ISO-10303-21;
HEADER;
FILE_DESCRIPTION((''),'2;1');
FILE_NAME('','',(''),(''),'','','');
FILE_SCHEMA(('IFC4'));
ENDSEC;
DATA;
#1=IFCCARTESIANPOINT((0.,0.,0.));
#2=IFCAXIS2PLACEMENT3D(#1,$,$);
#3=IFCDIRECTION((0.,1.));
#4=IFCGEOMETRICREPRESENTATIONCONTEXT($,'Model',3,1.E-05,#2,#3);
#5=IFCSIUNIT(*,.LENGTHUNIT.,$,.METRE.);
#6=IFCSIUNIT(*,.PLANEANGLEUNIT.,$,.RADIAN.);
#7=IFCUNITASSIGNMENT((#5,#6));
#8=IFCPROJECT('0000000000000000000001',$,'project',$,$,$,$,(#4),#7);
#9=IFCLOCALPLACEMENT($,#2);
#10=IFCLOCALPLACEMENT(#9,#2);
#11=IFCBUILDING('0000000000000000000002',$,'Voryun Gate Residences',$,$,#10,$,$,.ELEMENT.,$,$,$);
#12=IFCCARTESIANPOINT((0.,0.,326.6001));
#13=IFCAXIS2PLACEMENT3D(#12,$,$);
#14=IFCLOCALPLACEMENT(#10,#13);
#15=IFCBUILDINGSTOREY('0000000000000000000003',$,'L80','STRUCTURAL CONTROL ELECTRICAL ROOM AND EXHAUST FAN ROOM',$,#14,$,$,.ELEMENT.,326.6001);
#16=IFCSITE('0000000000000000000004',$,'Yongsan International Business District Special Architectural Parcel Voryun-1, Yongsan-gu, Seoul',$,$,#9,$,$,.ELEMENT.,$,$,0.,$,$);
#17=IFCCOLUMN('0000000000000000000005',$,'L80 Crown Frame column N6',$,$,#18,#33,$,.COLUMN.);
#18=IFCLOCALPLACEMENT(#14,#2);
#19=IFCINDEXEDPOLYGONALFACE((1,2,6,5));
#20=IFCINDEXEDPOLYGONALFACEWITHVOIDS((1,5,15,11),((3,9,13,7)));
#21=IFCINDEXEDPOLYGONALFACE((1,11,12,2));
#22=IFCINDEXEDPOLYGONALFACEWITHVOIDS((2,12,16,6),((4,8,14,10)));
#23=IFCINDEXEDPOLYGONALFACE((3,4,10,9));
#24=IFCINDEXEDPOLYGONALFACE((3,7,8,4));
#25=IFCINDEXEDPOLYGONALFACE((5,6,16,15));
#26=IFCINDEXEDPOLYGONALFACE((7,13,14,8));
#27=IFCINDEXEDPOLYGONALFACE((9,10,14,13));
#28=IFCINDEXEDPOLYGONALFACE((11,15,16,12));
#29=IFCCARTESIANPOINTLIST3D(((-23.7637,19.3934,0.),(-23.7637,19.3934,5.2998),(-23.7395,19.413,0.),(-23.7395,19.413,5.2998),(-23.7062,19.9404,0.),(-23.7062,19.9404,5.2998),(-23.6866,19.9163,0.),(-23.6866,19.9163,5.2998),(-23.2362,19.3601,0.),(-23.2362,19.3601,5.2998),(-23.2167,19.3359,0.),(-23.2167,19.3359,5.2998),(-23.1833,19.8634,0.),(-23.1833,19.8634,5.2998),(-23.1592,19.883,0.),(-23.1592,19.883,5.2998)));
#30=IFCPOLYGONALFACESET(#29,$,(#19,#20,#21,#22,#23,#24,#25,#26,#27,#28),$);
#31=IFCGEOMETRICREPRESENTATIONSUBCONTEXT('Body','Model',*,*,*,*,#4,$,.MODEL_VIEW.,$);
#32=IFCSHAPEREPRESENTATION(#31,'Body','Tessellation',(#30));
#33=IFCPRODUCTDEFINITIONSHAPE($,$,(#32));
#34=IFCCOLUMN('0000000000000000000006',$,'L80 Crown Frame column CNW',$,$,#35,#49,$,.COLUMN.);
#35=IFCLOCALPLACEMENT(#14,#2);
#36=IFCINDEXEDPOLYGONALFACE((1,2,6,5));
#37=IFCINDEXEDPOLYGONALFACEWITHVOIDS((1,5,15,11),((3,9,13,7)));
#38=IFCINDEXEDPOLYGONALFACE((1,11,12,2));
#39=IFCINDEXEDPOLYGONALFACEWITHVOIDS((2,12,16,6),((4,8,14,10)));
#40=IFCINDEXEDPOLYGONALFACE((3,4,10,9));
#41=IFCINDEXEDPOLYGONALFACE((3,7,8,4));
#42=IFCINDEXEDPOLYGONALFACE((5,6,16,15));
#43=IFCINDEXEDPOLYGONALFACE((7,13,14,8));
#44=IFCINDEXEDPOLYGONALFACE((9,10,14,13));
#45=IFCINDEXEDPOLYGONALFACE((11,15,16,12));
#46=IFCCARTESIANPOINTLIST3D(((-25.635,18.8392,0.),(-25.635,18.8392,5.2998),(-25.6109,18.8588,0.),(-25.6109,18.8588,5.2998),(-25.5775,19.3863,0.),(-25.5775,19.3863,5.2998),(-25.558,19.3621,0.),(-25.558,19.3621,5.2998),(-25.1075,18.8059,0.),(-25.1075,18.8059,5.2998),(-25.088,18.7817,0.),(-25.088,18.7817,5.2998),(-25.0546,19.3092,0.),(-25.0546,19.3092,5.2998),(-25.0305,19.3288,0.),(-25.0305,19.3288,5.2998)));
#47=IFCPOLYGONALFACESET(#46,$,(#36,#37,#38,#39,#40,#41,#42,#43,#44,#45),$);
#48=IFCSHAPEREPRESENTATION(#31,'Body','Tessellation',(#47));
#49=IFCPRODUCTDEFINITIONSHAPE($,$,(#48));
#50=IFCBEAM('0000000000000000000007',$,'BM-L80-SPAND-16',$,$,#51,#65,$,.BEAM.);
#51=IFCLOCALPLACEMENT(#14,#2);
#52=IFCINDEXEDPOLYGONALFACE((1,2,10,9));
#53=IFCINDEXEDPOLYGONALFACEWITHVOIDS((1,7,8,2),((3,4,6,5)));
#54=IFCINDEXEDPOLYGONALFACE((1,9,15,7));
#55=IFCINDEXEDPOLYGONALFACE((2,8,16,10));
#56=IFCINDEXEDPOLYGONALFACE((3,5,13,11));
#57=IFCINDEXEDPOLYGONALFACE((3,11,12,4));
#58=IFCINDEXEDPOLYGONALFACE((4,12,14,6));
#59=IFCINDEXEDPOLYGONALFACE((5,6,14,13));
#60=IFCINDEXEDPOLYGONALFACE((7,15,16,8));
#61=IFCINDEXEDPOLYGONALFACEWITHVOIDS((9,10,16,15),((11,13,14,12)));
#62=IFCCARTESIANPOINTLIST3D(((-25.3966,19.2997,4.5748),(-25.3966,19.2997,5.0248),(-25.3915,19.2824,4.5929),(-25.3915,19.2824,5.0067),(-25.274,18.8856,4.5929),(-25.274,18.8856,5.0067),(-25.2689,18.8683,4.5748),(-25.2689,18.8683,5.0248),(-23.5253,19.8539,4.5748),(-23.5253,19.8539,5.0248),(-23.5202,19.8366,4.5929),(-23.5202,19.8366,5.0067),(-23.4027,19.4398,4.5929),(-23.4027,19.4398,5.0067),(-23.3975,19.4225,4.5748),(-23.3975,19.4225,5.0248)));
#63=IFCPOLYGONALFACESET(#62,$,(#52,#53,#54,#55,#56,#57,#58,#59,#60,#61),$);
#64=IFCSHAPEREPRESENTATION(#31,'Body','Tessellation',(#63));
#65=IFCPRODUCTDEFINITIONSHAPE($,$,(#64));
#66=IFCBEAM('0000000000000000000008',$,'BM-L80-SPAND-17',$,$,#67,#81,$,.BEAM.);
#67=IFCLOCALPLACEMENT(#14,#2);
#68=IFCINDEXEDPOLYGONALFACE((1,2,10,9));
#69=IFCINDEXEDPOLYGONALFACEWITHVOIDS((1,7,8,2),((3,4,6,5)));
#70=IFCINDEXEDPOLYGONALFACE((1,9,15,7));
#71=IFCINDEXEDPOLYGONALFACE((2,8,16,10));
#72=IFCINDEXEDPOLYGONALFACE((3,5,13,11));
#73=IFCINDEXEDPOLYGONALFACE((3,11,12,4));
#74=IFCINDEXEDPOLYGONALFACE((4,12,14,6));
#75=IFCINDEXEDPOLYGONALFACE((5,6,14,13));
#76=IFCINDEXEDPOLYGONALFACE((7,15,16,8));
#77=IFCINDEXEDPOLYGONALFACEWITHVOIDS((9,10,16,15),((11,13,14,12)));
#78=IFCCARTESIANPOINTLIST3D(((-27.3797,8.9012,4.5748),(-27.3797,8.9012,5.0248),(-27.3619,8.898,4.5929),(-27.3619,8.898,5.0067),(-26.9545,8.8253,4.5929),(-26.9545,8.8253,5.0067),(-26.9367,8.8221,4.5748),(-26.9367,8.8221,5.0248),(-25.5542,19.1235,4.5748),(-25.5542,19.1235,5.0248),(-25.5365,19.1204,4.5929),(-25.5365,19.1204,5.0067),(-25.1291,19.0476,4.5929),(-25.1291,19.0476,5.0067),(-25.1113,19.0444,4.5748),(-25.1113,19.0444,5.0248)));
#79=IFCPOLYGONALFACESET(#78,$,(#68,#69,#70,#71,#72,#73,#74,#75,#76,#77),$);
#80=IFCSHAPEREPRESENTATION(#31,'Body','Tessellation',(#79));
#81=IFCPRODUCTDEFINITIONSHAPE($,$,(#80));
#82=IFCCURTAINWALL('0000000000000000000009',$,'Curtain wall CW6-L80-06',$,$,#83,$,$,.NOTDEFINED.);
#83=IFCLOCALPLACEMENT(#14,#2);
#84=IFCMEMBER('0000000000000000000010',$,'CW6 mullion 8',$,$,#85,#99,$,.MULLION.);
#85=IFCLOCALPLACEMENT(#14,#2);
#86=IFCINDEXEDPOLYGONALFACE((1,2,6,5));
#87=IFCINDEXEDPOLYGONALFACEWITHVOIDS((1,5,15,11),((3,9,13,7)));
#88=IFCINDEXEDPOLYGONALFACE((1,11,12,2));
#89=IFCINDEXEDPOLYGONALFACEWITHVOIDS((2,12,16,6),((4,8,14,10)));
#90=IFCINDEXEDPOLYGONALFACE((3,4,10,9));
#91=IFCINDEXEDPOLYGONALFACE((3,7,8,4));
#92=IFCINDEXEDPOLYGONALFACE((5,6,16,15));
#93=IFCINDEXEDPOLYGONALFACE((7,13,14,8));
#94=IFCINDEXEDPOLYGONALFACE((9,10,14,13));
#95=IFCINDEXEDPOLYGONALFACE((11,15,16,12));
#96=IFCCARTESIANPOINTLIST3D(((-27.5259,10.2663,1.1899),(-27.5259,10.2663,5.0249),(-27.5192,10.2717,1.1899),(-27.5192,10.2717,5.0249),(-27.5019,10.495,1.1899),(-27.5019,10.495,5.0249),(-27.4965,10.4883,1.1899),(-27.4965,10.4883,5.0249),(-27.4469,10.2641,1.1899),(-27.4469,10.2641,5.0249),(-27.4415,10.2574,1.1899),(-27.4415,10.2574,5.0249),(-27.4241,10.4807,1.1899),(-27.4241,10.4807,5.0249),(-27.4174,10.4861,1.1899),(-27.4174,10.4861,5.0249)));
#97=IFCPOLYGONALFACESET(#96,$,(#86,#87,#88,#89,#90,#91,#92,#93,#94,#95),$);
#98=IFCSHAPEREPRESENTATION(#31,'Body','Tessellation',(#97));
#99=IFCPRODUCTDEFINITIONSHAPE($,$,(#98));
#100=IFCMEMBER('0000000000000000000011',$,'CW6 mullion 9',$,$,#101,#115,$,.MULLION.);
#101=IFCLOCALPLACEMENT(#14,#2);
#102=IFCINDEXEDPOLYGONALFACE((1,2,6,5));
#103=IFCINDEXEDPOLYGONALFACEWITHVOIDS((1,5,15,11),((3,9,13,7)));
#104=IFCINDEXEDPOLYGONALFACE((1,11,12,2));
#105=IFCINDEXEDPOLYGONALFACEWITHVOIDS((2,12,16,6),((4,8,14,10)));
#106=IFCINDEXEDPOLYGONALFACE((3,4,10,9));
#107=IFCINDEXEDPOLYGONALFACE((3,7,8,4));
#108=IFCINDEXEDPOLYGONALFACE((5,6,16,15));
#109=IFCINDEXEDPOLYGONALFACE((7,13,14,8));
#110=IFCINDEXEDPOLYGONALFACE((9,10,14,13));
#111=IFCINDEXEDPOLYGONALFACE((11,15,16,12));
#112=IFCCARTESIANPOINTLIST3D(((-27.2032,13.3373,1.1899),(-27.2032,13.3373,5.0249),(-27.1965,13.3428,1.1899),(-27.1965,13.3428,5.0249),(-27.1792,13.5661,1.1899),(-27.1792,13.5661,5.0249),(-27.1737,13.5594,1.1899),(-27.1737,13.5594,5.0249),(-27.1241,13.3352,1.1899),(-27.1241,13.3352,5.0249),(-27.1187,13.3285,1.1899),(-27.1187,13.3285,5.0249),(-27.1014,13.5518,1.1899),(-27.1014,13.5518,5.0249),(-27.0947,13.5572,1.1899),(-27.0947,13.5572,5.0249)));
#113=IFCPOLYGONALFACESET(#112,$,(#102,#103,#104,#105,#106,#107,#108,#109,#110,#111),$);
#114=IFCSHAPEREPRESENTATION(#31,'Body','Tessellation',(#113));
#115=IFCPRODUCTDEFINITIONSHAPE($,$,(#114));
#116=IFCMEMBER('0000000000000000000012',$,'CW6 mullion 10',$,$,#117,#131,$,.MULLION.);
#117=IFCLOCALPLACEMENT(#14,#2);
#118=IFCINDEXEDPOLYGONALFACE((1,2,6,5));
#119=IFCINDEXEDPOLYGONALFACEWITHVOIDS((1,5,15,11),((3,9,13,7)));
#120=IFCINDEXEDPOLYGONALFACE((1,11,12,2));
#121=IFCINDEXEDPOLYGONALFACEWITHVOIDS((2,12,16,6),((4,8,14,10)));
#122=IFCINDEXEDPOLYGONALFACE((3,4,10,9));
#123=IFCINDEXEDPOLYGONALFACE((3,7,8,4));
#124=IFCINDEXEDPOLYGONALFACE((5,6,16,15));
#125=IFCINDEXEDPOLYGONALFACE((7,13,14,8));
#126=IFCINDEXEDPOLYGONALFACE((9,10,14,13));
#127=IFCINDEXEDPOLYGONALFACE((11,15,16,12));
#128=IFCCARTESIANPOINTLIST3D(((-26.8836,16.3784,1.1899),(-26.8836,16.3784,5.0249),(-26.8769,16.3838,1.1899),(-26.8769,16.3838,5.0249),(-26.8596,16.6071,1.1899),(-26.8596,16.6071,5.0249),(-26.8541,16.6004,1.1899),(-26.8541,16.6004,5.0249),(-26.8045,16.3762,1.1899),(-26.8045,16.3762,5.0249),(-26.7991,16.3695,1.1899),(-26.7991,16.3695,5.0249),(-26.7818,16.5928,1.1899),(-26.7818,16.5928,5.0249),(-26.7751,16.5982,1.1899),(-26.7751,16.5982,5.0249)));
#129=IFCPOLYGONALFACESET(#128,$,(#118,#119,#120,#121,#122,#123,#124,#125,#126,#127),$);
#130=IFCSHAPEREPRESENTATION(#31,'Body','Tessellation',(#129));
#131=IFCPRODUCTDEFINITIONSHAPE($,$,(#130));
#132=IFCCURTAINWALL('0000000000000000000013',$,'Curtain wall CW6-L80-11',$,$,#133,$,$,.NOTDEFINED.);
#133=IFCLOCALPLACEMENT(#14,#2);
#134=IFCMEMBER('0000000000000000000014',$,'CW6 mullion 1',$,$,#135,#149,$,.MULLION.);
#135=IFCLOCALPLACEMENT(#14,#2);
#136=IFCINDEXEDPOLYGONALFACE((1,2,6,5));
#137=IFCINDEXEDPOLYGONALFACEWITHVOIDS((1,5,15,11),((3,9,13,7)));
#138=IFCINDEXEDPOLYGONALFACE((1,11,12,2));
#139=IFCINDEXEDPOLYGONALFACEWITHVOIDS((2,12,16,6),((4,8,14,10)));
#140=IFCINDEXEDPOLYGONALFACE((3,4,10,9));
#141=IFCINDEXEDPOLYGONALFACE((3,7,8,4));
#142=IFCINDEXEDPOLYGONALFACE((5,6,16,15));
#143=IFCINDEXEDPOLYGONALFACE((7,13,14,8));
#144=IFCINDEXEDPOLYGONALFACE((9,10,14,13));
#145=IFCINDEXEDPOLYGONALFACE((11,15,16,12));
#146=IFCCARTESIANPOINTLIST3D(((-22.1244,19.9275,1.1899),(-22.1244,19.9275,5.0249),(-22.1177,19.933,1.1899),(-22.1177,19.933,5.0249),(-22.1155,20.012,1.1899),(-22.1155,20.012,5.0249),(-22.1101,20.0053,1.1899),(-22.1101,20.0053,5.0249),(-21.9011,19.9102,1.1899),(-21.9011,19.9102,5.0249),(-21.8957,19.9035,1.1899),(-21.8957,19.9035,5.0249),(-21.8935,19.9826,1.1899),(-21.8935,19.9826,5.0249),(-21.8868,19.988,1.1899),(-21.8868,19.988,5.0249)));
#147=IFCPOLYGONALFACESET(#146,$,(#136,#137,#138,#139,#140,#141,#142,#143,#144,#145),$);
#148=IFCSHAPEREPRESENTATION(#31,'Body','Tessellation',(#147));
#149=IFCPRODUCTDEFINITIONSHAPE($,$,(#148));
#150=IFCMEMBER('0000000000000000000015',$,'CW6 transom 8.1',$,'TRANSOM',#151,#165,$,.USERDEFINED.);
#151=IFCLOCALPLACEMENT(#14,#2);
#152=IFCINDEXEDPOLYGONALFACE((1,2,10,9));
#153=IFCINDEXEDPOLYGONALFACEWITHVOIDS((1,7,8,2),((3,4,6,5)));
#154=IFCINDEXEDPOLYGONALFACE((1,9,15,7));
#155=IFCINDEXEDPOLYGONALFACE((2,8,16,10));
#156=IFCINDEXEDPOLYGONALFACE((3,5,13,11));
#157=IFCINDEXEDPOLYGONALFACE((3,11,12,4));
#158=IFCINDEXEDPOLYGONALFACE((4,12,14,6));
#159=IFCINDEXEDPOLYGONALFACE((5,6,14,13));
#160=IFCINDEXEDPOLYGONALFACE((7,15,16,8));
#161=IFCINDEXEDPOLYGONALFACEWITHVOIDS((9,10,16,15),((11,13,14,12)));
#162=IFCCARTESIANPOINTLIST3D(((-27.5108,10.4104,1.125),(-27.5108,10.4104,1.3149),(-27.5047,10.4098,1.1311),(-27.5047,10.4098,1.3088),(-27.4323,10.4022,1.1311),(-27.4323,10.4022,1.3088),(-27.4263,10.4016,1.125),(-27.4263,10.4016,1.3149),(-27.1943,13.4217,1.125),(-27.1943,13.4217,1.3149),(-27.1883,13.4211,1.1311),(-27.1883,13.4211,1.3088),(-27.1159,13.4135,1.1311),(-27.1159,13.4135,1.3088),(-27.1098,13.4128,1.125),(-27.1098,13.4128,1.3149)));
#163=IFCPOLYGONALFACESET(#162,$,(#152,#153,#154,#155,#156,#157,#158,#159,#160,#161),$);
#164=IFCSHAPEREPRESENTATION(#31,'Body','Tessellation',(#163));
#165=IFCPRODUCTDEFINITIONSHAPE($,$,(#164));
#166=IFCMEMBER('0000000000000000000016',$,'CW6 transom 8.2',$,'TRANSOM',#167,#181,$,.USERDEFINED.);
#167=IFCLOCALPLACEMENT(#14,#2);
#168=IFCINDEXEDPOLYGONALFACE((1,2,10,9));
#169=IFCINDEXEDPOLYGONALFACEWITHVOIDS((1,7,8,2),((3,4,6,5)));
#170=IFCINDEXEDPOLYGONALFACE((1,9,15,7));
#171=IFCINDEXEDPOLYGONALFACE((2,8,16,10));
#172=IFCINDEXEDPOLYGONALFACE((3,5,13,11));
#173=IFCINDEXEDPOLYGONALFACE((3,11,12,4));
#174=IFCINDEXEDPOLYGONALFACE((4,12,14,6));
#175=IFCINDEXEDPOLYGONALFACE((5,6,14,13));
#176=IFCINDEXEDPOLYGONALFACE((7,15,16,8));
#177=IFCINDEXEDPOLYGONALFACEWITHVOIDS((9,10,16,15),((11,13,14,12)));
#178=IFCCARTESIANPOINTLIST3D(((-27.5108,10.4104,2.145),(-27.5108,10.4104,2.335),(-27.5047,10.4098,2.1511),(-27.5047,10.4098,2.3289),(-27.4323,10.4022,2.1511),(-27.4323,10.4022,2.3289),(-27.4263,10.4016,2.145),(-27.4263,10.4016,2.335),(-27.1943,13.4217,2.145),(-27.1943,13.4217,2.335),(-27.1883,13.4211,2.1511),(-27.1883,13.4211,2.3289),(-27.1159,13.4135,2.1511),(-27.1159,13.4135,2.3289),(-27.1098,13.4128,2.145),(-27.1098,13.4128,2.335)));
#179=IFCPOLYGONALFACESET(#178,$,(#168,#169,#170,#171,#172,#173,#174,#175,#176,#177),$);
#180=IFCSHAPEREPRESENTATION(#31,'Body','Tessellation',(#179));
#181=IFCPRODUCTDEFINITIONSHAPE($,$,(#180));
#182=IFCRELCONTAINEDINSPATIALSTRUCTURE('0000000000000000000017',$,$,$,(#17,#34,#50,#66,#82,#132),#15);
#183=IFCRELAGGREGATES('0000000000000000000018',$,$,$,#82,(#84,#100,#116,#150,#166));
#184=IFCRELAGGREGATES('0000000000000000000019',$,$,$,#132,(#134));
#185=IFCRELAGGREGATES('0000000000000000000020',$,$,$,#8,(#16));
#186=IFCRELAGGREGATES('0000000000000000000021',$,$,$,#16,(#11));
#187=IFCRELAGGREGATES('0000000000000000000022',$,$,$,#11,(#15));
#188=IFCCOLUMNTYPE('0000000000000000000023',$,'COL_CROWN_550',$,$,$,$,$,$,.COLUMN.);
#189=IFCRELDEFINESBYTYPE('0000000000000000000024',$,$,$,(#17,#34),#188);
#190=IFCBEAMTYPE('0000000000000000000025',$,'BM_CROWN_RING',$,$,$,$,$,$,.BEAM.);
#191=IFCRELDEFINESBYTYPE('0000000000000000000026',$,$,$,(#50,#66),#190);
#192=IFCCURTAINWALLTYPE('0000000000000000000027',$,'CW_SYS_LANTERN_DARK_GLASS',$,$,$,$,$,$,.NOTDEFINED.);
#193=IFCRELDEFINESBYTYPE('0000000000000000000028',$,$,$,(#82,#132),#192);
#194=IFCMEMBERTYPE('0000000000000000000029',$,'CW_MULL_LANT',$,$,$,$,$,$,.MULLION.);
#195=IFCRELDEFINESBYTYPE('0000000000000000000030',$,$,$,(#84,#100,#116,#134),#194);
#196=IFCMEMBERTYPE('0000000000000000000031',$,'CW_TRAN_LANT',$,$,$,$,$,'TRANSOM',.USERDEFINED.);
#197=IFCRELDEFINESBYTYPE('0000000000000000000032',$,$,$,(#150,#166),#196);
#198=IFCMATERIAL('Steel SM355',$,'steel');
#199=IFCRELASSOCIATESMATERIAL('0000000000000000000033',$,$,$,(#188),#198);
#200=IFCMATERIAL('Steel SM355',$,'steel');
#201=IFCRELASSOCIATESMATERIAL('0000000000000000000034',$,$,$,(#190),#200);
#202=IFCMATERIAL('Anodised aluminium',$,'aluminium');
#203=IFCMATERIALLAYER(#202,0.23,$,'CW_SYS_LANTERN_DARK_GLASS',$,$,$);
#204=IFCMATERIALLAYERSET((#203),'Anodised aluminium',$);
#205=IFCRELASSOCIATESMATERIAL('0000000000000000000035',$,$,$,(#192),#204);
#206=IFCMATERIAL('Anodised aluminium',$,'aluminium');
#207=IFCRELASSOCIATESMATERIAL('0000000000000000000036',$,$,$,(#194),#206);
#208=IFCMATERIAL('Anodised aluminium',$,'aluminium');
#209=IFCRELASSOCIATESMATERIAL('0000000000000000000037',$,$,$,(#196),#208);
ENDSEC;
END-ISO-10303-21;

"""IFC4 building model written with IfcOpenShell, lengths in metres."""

from ifc_helpers import new_model, si_unit, direction, frame, origin, origin_2d, place, context, subcontext, project, spatial, hollow_rectangle, extrude, material, layer, layer_set, material_profile, profile_set, type_object, element, aggregate, save


model = new_model("IFC4")

# Units and contexts
model_context = context("Model", 3, precision=1e-05, world=origin(), true_north=direction((0.0, 1.0)))
body_context = subcontext(model_context, "Body", "Model", "MODEL_VIEW")
ifc_project = project(units=[si_unit("LENGTHUNIT", "METRE"), si_unit("PLANEANGLEUNIT", "RADIAN")], contexts=[model_context])

# Site, building, storey
site_placement = place(None, origin())
site = spatial("IfcSite", under=ifc_project, at=site_placement, Name="Yongsan International Business District Special Architectural Parcel Voryun-1, Yongsan-gu, Seoul", CompositionType="ELEMENT", RefElevation=0.0)
building_placement = place(site_placement, origin())
building = spatial("IfcBuilding", under=site, at=building_placement, Name="Voryun Gate Residences", CompositionType="ELEMENT")
storey_placement = place(building_placement, frame((0.0, 0.0, 326.6001)))
storey = spatial("IfcBuildingStorey", under=building, at=storey_placement, Name="L80", Description="STRUCTURAL CONTROL ELECTRICAL ROOM AND EXHAUST FAN ROOM", CompositionType="ELEMENT", Elevation=326.6001)

# Columns
ifc_material_1 = material(Name="Steel SM355", Category="steel")
ifc_material_profile_1 = material_profile(ifc_material_1, hollow_rectangle(XDim=0.55, YDim=0.55, WallThickness=0.022, at=origin_2d()), Name="BOX-550x550x22")
ifc_profile_set_1 = profile_set([ifc_material_profile_1], Name="Steel SM355")
column_type = type_object("IfcColumnType", Name="COL_CROWN_550", PredefinedType="COLUMN", material=ifc_profile_set_1)
for number, where, z_axis, x_axis, name in (
    (1, (-23.4614, 19.6382, 0.0), (0.0, 0.0, 1.0), (0.994522, -0.104528, 0.0), "L80 Crown Frame column N6"),
    (2, (-25.3328, 19.084, 0.0), (0.0, 0.0, 1.0), (0.994522, -0.104528, 0.0), "L80 Crown Frame column CNW"),
):
    element("IfcColumn", number, at=place(storey_placement, frame(where, z_axis=z_axis, x_axis=x_axis)), inside=storey, type_object=column_type, Name=name, PredefinedType="COLUMN", context=body_context, shape_type="SweptSolid", body=[
        extrude(hollow_rectangle(XDim=0.55, YDim=0.55, WallThickness=0.022, at=origin_2d()), origin(), (0.0, 0.0, 1.0), 5.2998),
    ])

# Beams
ifc_material_2 = material(Name="Steel SM355", Category="steel")
ifc_material_profile_2 = material_profile(ifc_material_2, hollow_rectangle(XDim=0.45, YDim=0.45, WallThickness=0.0181, at=origin_2d()), Name="BOX-450x450x18")
ifc_profile_set_2 = profile_set([ifc_material_profile_2], Name="Steel SM355")
beam_type = type_object("IfcBeamType", Name="BM_CROWN_RING", PredefinedType="BEAM", material=ifc_profile_set_2)
beam_1_placement = place(storey_placement, frame((-23.4614, 19.6382, 4.7998), z_axis=(-0.958836, -0.283961, 0.0), x_axis=(0.283961, -0.958836, 0.0)))
element("IfcBeam", 3, at=beam_1_placement, inside=storey, type_object=beam_type, Name="BM-L80-SPAND-16", PredefinedType="BEAM", context=body_context, shape_type="SweptSolid", body=[
    extrude(hollow_rectangle(XDim=0.45, YDim=0.45, WallThickness=0.0181, at=origin_2d()), origin(), (0.0, 0.0, 1.0), 1.9517),
])
beam_2_placement = place(storey_placement, frame((-25.3328, 19.084, 4.7998), z_axis=(-0.175791, -0.984427, 0.0), x_axis=(0.984427, -0.175791, 0.0)))
element("IfcBeam", 4, at=beam_2_placement, inside=storey, type_object=beam_type, Name="BM-L80-SPAND-17", PredefinedType="BEAM", context=body_context, shape_type="SweptSolid", body=[
    extrude(hollow_rectangle(XDim=0.45, YDim=0.45, WallThickness=0.0181, at=origin_2d()), origin(), (0.0, 0.0, 1.0), 10.384),
])

# Curtain wall, members
ifc_material_3 = material(Name="Anodised aluminium", Category="aluminium")
ifc_layer_1 = layer(ifc_material_3, 0.23, Name="CW_SYS_LANTERN_DARK_GLASS")
ifc_layer_set_1 = layer_set([ifc_layer_1], Name="Anodised aluminium")
curtain_wall_type = type_object("IfcCurtainWallType", Name="CW_SYS_LANTERN_DARK_GLASS", PredefinedType="NOTDEFINED", material=ifc_layer_set_1)
curtain_wall_1_placement = place(storey_placement, origin())
curtain_wall_1 = element("IfcCurtainWall", 5, at=curtain_wall_1_placement, inside=storey, type_object=curtain_wall_type, Name="Curtain wall CW6-L80-06", PredefinedType="NOTDEFINED")
ifc_material_4 = material(Name="Anodised aluminium", Category="aluminium")
ifc_material_profile_3 = material_profile(ifc_material_4, hollow_rectangle(XDim=0.085, YDim=0.23, WallThickness=0.0061, at=origin_2d()), Name="ALU-MULL-230x85x6")
ifc_profile_set_3 = profile_set([ifc_material_profile_3], Name="Anodised aluminium")
member_type_1 = type_object("IfcMemberType", Name="CW_MULL_LANT", PredefinedType="MULLION", material=ifc_profile_set_3)
member_1_placement = place(storey_placement, frame((-27.4717, 10.3762, 1.1899), z_axis=(0.0, 0.0, 1.0), x_axis=(-0.994522, 0.104528, 0.0)))
member_1 = element("IfcMember", 6, at=member_1_placement, type_object=member_type_1, Name="CW6 mullion 8", PredefinedType="MULLION", context=body_context, shape_type="SweptSolid", body=[
    extrude(hollow_rectangle(XDim=0.085, YDim=0.23, WallThickness=0.0061, at=origin_2d()), origin(), (0.0, 0.0, 1.0), 3.835),
])
member_2_placement = place(storey_placement, frame((-27.1489, 13.4473, 1.1899), z_axis=(0.0, 0.0, 1.0), x_axis=(-0.994522, 0.104528, 0.0)))
member_2 = element("IfcMember", 7, at=member_2_placement, type_object=member_type_1, Name="CW6 mullion 9", PredefinedType="MULLION", context=body_context, shape_type="SweptSolid", body=[
    extrude(hollow_rectangle(XDim=0.085, YDim=0.23, WallThickness=0.0061, at=origin_2d()), origin(), (0.0, 0.0, 1.0), 3.835),
])
member_3_placement = place(storey_placement, frame((-26.8293, 16.4883, 1.1899), z_axis=(0.0, 0.0, 1.0), x_axis=(-0.994522, 0.104528, 0.0)))
member_3 = element("IfcMember", 8, at=member_3_placement, type_object=member_type_1, Name="CW6 mullion 10", PredefinedType="MULLION", context=body_context, shape_type="SweptSolid", body=[
    extrude(hollow_rectangle(XDim=0.085, YDim=0.23, WallThickness=0.0061, at=origin_2d()), origin(), (0.0, 0.0, 1.0), 3.835),
])

# Curtain wall, member
curtain_wall_2_placement = place(storey_placement, origin())
curtain_wall_2 = element("IfcCurtainWall", 9, at=curtain_wall_2_placement, inside=storey, type_object=curtain_wall_type, Name="Curtain wall CW6-L80-11", PredefinedType="NOTDEFINED")
member_4_placement = place(storey_placement, frame((-22.0056, 19.9578, 1.1899), z_axis=(0.0, 0.0, 1.0), x_axis=(0.104528, 0.994522, 0.0)))
member_4 = element("IfcMember", 10, at=member_4_placement, type_object=member_type_1, Name="CW6 mullion 1", PredefinedType="MULLION", context=body_context, shape_type="SweptSolid", body=[
    extrude(hollow_rectangle(XDim=0.085, YDim=0.23, WallThickness=0.0061, at=origin_2d()), origin(), (0.0, 0.0, 1.0), 3.835),
])

# Members
ifc_material_5 = material(Name="Anodised aluminium", Category="aluminium")
ifc_material_profile_4 = material_profile(ifc_material_5, hollow_rectangle(XDim=0.085, YDim=0.1899, WallThickness=0.0061, at=origin_2d()), Name="ALU-TRAN-190x85x6")
ifc_profile_set_4 = profile_set([ifc_material_profile_4], Name="Anodised aluminium")
member_type_2 = type_object("IfcMemberType", Name="CW_TRAN_LANT", ElementType="TRANSOM", PredefinedType="USERDEFINED", material=ifc_profile_set_4)
member_5_placement = place(storey_placement, frame((-27.4685, 10.406, 1.22), z_axis=(0.1045, 0.994525, 0.0), x_axis=(-0.994525, 0.1045, 0.0)))
member_5 = element("IfcMember", 11, at=member_5_placement, type_object=member_type_2, Name="CW6 transom 8.1", ObjectType="TRANSOM", PredefinedType="USERDEFINED", context=body_context, shape_type="SweptSolid", body=[
    extrude(hollow_rectangle(XDim=0.085, YDim=0.1899, WallThickness=0.0061, at=origin_2d()), origin(), (0.0, 0.0, 1.0), 3.0278),
])
member_6_placement = place(storey_placement, frame((-27.4685, 10.406, 2.24), z_axis=(0.1045, 0.994525, 0.0), x_axis=(-0.994525, 0.1045, 0.0)))
member_6 = element("IfcMember", 12, at=member_6_placement, type_object=member_type_2, Name="CW6 transom 8.2", ObjectType="TRANSOM", PredefinedType="USERDEFINED", context=body_context, shape_type="SweptSolid", body=[
    extrude(hollow_rectangle(XDim=0.085, YDim=0.1899, WallThickness=0.0061, at=origin_2d()), origin(), (0.0, 0.0, 1.0), 3.0278),
])

aggregate(curtain_wall_1, [member_1, member_2, member_3, member_5, member_6])
aggregate(curtain_wall_2, [member_4])

save(model, "model.ifc")
